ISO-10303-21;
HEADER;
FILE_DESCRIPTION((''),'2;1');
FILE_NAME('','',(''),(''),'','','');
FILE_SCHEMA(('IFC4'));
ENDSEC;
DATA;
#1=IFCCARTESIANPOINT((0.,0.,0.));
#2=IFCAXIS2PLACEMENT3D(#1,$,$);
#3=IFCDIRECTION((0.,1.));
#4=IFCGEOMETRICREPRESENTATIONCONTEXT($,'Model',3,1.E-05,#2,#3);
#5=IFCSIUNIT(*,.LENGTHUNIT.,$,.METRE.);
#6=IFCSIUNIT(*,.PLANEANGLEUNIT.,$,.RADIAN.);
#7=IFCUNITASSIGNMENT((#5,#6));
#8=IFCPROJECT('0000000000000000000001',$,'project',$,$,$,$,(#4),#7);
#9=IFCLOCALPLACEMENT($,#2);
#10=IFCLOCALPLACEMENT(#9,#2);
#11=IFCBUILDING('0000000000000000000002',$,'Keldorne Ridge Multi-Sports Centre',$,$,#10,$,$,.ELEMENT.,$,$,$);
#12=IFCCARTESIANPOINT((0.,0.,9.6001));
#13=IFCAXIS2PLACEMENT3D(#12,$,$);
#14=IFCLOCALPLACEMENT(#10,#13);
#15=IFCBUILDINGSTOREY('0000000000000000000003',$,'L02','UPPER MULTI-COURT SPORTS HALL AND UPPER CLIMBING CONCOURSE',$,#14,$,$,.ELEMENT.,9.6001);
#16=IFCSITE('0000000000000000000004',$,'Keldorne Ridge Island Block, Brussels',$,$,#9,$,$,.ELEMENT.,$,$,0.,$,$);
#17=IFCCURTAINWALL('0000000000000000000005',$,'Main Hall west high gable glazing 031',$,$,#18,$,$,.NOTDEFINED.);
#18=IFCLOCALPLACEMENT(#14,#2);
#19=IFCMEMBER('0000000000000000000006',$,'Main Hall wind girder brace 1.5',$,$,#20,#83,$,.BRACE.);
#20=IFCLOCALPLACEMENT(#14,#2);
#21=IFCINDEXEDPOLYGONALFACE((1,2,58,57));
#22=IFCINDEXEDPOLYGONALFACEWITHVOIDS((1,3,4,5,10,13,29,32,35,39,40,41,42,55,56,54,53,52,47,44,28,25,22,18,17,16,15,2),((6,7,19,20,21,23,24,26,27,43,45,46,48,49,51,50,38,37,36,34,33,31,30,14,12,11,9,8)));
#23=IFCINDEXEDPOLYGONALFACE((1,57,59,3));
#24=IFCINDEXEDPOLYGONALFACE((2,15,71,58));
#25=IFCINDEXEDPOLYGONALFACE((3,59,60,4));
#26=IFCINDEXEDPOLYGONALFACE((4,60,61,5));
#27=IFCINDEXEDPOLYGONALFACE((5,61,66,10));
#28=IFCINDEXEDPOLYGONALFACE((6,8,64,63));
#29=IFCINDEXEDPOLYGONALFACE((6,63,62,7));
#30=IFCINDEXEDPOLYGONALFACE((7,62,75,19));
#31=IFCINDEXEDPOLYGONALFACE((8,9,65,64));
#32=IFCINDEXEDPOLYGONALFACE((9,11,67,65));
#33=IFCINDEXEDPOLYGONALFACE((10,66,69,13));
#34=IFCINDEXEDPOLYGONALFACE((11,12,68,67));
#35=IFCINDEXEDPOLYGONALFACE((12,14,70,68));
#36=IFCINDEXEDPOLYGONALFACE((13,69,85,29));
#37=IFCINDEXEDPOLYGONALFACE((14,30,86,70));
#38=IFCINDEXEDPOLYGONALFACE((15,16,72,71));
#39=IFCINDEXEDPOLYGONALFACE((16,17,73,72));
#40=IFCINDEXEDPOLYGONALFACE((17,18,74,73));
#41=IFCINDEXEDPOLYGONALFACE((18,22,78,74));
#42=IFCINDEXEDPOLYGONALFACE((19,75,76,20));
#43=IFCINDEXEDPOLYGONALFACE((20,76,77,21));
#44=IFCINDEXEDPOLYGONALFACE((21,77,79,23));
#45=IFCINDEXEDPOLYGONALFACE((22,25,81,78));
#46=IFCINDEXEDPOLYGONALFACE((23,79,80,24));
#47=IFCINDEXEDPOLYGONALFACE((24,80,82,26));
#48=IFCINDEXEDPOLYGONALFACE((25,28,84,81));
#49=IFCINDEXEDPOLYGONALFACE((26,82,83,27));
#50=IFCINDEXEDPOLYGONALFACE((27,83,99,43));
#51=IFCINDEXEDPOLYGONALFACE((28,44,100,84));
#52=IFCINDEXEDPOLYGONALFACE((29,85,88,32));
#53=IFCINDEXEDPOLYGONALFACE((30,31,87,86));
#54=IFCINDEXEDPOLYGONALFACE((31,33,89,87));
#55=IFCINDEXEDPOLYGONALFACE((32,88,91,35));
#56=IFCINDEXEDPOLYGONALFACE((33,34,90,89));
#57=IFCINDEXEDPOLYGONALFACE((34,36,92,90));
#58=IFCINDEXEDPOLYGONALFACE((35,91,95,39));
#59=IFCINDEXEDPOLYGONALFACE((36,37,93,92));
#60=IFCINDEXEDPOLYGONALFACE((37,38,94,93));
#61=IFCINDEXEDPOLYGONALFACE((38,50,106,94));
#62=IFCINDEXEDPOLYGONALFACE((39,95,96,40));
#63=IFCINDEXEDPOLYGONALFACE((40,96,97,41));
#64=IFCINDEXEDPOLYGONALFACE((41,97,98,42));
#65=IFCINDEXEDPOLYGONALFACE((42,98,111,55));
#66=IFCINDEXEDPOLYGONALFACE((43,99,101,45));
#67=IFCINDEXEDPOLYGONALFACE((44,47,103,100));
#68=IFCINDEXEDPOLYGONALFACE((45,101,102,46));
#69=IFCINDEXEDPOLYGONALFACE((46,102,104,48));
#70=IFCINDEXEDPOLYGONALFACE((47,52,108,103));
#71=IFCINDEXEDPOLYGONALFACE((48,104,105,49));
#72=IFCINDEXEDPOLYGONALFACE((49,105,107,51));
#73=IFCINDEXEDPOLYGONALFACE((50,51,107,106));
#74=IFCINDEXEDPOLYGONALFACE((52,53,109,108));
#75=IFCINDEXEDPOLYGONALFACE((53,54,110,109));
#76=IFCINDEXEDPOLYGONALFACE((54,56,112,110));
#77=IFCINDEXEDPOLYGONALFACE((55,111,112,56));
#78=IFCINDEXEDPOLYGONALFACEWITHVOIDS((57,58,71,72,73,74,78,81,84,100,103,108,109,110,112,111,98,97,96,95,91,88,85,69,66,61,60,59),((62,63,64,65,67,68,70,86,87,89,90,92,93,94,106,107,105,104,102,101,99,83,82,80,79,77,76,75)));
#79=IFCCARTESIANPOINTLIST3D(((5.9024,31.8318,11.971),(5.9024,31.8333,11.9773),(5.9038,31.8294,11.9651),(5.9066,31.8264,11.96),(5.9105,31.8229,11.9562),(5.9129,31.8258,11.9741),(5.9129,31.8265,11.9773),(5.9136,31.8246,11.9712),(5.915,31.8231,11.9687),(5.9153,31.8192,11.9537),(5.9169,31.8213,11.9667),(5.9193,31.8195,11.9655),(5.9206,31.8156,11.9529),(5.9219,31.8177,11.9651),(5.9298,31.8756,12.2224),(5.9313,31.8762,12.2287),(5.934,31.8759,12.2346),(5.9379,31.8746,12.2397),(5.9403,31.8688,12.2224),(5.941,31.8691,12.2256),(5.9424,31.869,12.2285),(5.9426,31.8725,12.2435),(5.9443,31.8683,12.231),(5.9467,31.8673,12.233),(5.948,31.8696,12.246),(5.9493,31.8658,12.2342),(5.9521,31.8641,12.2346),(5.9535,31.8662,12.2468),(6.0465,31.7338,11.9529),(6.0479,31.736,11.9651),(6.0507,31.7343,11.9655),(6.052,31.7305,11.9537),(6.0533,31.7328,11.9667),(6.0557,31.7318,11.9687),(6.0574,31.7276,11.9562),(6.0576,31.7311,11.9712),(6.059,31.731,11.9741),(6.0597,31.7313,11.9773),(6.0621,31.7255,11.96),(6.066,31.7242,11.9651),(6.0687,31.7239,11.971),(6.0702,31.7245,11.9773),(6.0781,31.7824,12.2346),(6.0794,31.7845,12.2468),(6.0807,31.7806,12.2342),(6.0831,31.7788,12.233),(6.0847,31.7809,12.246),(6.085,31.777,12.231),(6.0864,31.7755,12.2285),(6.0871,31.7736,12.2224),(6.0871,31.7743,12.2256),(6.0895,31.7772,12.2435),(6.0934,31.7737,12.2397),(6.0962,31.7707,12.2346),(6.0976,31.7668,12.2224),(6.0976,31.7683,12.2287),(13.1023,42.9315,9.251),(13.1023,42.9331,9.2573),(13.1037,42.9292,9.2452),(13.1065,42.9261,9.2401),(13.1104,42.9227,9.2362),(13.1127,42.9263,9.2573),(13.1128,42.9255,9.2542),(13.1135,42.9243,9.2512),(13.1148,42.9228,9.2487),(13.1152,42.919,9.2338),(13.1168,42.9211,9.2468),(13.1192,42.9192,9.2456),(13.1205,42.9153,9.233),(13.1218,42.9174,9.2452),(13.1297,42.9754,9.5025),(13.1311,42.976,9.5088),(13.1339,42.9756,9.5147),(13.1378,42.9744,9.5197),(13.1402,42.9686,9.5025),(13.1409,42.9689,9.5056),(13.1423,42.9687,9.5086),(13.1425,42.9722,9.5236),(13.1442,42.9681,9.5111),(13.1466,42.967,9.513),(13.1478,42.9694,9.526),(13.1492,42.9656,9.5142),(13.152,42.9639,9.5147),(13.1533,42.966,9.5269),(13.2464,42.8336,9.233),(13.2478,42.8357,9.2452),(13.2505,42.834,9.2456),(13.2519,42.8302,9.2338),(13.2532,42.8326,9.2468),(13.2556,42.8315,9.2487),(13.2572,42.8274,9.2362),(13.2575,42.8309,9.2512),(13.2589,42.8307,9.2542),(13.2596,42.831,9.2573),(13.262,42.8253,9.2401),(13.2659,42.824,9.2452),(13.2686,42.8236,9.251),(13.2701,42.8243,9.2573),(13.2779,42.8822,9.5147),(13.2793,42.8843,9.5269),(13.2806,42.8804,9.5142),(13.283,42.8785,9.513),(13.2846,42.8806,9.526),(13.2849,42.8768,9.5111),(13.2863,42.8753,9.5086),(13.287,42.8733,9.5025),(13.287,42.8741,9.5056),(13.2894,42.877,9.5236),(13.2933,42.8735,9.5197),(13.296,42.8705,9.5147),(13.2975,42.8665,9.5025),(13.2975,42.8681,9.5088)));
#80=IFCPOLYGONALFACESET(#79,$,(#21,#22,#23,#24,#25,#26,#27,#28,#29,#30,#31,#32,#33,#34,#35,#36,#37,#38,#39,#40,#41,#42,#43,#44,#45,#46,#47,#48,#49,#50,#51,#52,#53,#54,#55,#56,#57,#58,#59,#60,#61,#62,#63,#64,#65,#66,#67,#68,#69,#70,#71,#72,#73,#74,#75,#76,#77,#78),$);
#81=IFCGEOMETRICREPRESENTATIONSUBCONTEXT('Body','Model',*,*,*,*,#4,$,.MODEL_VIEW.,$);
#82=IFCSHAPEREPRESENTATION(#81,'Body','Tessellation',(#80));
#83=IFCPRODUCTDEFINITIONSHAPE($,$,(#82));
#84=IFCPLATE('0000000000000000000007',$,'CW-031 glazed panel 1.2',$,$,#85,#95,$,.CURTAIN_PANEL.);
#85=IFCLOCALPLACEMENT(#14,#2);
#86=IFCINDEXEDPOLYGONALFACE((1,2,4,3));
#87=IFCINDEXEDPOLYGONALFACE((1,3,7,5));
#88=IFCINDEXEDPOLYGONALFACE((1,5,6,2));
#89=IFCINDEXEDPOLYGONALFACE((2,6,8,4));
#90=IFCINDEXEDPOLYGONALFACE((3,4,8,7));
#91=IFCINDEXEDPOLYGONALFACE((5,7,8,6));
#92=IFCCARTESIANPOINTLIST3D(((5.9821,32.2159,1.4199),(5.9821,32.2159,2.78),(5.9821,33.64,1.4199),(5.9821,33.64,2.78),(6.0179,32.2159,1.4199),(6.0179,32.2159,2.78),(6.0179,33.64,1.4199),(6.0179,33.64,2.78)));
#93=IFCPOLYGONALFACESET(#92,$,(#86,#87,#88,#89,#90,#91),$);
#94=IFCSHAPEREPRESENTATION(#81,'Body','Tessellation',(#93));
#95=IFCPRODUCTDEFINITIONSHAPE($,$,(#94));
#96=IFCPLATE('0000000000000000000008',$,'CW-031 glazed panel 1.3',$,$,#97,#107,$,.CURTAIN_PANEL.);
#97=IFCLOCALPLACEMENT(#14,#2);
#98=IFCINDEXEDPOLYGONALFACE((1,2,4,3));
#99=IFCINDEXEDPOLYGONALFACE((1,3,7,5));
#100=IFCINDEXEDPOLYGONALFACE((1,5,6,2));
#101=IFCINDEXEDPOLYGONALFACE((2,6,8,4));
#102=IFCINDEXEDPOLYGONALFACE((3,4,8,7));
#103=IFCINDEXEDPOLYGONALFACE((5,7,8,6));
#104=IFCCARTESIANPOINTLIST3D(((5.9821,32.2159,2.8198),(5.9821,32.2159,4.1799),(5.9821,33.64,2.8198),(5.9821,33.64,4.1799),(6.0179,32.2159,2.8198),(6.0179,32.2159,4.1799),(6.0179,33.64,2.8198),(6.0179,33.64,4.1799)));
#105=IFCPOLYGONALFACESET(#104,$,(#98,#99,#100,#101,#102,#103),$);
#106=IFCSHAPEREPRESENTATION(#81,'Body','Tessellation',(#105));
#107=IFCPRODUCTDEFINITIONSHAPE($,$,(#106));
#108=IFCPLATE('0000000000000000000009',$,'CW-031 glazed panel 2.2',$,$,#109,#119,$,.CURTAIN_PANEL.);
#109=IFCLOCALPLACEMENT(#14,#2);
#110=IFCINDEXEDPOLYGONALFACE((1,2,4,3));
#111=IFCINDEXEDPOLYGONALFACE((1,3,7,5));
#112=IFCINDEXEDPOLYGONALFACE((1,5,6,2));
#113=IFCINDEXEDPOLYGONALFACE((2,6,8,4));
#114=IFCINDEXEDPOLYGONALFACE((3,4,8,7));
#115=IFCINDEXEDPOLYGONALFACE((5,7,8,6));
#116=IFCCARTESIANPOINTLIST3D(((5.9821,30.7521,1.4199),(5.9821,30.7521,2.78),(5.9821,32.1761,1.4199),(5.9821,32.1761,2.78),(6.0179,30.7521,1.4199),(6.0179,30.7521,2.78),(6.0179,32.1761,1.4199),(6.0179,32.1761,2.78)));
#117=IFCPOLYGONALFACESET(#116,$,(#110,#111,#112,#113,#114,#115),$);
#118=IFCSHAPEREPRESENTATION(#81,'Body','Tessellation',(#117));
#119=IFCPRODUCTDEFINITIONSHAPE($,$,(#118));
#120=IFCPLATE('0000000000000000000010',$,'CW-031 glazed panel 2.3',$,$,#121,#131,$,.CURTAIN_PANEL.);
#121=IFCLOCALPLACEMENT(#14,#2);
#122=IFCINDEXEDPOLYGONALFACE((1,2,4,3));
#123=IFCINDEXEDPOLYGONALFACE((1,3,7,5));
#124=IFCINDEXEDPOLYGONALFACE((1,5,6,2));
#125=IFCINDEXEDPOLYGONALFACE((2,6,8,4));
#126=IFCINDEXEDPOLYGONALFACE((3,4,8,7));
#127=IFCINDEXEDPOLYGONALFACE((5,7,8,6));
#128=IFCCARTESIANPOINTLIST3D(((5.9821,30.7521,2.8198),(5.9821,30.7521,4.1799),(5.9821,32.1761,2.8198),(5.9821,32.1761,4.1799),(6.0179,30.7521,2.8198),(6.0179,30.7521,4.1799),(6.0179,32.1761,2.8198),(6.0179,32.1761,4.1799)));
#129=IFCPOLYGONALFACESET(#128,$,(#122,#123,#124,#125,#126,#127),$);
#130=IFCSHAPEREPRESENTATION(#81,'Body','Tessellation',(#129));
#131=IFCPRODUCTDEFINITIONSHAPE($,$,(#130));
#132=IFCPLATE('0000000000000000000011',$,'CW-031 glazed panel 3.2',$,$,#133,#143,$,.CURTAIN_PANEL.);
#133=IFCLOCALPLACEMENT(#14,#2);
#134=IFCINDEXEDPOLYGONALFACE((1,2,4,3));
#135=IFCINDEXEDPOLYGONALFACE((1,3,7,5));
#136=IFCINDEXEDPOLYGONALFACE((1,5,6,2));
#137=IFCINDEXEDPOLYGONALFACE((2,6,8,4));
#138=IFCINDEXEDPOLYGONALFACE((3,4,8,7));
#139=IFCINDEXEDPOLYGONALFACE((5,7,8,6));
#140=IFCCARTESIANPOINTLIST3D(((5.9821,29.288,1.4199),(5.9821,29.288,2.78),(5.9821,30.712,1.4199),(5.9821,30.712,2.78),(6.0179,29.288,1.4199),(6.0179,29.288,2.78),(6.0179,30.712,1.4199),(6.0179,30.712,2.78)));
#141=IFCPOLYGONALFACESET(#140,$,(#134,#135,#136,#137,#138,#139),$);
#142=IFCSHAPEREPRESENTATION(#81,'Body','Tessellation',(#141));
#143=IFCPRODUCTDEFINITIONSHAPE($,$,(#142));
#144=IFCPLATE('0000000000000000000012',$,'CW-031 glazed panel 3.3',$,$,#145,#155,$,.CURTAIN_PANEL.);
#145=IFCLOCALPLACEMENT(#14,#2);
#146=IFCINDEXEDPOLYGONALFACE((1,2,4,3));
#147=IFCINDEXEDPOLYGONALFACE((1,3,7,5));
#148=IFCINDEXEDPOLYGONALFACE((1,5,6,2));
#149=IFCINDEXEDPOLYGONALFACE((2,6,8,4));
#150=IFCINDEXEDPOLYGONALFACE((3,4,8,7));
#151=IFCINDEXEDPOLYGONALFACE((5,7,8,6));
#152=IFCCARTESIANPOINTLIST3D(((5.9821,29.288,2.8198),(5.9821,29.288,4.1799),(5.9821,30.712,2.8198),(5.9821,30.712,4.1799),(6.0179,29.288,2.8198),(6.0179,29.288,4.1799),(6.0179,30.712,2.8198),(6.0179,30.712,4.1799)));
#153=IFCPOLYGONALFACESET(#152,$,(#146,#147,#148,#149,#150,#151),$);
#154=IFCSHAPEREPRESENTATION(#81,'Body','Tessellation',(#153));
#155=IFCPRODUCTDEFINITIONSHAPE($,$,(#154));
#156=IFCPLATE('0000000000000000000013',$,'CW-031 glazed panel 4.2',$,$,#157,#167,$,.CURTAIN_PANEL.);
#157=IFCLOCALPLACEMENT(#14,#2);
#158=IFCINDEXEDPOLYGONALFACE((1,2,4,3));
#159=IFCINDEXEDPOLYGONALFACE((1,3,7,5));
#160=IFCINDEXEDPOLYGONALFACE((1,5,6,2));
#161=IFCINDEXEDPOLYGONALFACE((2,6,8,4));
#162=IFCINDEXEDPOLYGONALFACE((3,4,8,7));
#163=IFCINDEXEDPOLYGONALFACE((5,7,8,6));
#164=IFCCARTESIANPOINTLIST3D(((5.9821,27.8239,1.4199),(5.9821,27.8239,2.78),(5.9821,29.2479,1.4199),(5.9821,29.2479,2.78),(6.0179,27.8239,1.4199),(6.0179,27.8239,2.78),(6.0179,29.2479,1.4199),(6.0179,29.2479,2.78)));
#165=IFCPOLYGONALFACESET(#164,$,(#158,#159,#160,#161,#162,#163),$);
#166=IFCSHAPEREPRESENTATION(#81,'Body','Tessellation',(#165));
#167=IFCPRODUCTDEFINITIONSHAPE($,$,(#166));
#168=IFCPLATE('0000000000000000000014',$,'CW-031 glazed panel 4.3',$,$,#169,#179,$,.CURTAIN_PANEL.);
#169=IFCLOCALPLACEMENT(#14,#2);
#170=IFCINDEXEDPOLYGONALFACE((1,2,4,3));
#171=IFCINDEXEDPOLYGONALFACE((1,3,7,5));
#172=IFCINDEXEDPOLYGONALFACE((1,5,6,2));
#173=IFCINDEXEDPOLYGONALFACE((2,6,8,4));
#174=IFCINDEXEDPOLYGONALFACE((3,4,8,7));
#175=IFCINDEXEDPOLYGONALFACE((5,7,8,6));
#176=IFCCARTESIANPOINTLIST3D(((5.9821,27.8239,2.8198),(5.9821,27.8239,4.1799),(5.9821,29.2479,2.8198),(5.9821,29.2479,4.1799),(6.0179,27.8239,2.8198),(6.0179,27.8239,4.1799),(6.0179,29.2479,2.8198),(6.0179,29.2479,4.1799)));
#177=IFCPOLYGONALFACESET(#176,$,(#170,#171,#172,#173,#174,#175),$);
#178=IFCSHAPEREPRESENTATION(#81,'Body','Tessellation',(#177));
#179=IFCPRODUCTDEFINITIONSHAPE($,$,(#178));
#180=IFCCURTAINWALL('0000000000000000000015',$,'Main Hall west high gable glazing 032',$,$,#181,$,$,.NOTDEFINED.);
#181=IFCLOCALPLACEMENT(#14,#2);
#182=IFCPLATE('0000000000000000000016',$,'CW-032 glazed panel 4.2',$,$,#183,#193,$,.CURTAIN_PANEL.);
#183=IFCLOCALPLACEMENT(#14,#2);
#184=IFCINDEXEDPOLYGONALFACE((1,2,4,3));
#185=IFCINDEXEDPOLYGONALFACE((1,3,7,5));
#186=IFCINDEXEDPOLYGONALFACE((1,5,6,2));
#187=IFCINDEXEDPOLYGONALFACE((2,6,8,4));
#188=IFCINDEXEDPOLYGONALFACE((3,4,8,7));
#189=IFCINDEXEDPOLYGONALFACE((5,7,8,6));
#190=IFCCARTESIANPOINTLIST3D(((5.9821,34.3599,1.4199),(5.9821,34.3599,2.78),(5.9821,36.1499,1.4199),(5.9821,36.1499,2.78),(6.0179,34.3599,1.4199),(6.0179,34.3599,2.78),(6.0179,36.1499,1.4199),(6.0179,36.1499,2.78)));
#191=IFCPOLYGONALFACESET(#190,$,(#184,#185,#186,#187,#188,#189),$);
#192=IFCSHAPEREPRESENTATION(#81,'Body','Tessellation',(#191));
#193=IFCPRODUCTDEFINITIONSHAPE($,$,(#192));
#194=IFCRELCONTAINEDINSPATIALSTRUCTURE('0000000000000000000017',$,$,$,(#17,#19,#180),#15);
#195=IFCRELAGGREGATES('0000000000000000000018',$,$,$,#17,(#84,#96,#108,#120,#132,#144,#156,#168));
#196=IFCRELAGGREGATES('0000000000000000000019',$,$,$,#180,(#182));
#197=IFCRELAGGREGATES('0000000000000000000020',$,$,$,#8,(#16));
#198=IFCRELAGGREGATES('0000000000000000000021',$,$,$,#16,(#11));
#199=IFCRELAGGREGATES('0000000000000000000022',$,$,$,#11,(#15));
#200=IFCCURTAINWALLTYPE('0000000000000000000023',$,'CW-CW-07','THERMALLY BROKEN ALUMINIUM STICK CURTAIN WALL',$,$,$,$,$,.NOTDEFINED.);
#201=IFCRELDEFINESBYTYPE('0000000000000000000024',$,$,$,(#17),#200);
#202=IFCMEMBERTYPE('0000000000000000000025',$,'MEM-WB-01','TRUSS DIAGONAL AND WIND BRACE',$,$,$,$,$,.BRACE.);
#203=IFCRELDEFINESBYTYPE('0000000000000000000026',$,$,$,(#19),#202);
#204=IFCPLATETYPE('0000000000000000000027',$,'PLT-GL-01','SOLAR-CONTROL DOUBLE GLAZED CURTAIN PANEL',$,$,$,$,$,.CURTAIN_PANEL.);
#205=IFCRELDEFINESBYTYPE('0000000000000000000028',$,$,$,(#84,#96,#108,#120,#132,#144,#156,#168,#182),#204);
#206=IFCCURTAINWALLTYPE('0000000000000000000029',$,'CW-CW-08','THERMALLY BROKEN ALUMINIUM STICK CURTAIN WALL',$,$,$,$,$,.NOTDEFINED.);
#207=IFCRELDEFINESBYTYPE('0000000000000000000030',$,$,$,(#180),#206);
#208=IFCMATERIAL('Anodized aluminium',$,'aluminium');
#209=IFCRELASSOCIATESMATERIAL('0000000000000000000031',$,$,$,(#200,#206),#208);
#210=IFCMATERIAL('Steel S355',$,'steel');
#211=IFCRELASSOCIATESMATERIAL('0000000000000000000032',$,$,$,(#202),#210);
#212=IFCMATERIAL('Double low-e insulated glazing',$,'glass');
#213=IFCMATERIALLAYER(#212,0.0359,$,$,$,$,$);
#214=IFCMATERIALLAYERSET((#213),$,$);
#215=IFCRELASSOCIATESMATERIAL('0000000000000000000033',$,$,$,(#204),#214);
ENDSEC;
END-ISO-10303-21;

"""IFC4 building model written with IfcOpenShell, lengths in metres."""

from ifc_helpers import new_model, si_unit, direction, frame, origin, origin_2d, place, context, subcontext, project, spatial, rectangle, hollow_rectangle, extrude, material, layer, layer_set, material_profile, profile_set, type_object, element, aggregate, save


model = new_model("IFC4")

# Units and contexts
model_context = context("Model", 3, precision=1e-05, world=origin(), true_north=direction((0.0, 1.0)))
body_context = subcontext(model_context, "Body", "Model", "MODEL_VIEW")
ifc_project = project(units=[si_unit("LENGTHUNIT", "METRE"), si_unit("PLANEANGLEUNIT", "RADIAN")], contexts=[model_context])

# Site, building, storey
site_placement = place(None, origin())
site = spatial("IfcSite", under=ifc_project, at=site_placement, Name="Keldorne Ridge Island Block, Brussels", CompositionType="ELEMENT", RefElevation=0.0)
building_placement = place(site_placement, origin())
building = spatial("IfcBuilding", under=site, at=building_placement, Name="Keldorne Ridge Multi-Sports Centre", CompositionType="ELEMENT")
storey_placement = place(building_placement, frame((0.0, 0.0, 9.6001)))
storey = spatial("IfcBuildingStorey", under=building, at=storey_placement, Name="L02", Description="UPPER MULTI-COURT SPORTS HALL AND UPPER CLIMBING CONCOURSE", CompositionType="ELEMENT", Elevation=9.6001)

# Shared definitions
ifc_material_1 = material(Name="Steel S355", Category="steel")

# Curtain wall
ifc_material_2 = material(Name="Anodized aluminium", Category="aluminium")
curtain_wall_type_1 = type_object("IfcCurtainWallType", Name="CW-CW-07", Description="THERMALLY BROKEN ALUMINIUM STICK CURTAIN WALL", PredefinedType="NOTDEFINED", material=ifc_material_2)
curtain_wall_1_placement = place(storey_placement, origin())
curtain_wall_1 = element("IfcCurtainWall", 1, at=curtain_wall_1_placement, inside=storey, type_object=curtain_wall_type_1, Name="Main Hall west high gable glazing 031", PredefinedType="NOTDEFINED")

# Member
ifc_material_profile_1 = material_profile(ifc_material_1, hollow_rectangle(XDim=0.2, YDim=0.3, WallThickness=0.0125, InnerFilletRadius=0.0125, OuterFilletRadius=0.0249, at=origin_2d()), Name="RHS 300x200x12.5")
ifc_profile_set_1 = profile_set([ifc_material_profile_1], Name="Steel S355")
member_type_1 = type_object("IfcMemberType", Name="MEM-WB-01", Description="TRUSS DIAGONAL AND WIND BRACE", PredefinedType="BRACE", material=ifc_profile_set_1)
member_1_placement = place(storey_placement, frame((6.0, 31.8, 12.0999), z_axis=(0.533046, 0.821773, -0.201372), x_axis=(-0.83896, 0.544194, 0.0)))
element("IfcMember", 2, at=member_1_placement, inside=storey, type_object=member_type_1, Name="Main Hall wind girder brace 1.5", PredefinedType="BRACE", context=body_context, shape_type="SweptSolid", body=[
    extrude(hollow_rectangle(XDim=0.2, YDim=0.3, WallThickness=0.0125, InnerFilletRadius=0.0125, OuterFilletRadius=0.0249, at=origin_2d()), origin(), (0.0, 0.0, 1.0), 13.5071),
])

# Plates
ifc_material_3 = material(Name="Double low-e insulated glazing", Category="glass")
ifc_layer_1 = layer(ifc_material_3, 0.0359)
ifc_layer_set_1 = layer_set([ifc_layer_1])
plate_type_1 = type_object("IfcPlateType", Name="PLT-GL-01", Description="SOLAR-CONTROL DOUBLE GLAZED CURTAIN PANEL", PredefinedType="CURTAIN_PANEL", material=ifc_layer_set_1)
plate_1_placement = place(storey_placement, frame((6.0, 32.928, 1.4199), z_axis=(0.0, 0.0, 1.0), x_axis=(0.0, -1.0, 0.0)))
plate_1 = element("IfcPlate", 3, at=plate_1_placement, type_object=plate_type_1, Name="CW-031 glazed panel 1.2", PredefinedType="CURTAIN_PANEL", context=body_context, shape_type="SweptSolid", body=[
    extrude(rectangle(XDim=1.4241, YDim=0.0359, at=origin_2d()), origin(), (0.0, 0.0, 1.0), 1.3601),
])
plate_2_placement = place(storey_placement, frame((6.0, 32.928, 2.8198), z_axis=(0.0, 0.0, 1.0), x_axis=(0.0, -1.0, 0.0)))
plate_2 = element("IfcPlate", 4, at=plate_2_placement, type_object=plate_type_1, Name="CW-031 glazed panel 1.3", PredefinedType="CURTAIN_PANEL", context=body_context, shape_type="SweptSolid", body=[
    extrude(rectangle(XDim=1.4241, YDim=0.0359, at=origin_2d()), origin(), (0.0, 0.0, 1.0), 1.3601),
])
plate_3_placement = place(storey_placement, frame((6.0, 31.4641, 1.4199), z_axis=(0.0, 0.0, 1.0), x_axis=(0.0, -1.0, 0.0)))
plate_3 = element("IfcPlate", 5, at=plate_3_placement, type_object=plate_type_1, Name="CW-031 glazed panel 2.2", PredefinedType="CURTAIN_PANEL", context=body_context, shape_type="SweptSolid", body=[
    extrude(rectangle(XDim=1.4241, YDim=0.0359, at=origin_2d()), origin(), (0.0, 0.0, 1.0), 1.3601),
])
plate_4_placement = place(storey_placement, frame((6.0, 31.4641, 2.8198), z_axis=(0.0, 0.0, 1.0), x_axis=(0.0, -1.0, 0.0)))
plate_4 = element("IfcPlate", 6, at=plate_4_placement, type_object=plate_type_1, Name="CW-031 glazed panel 2.3", PredefinedType="CURTAIN_PANEL", context=body_context, shape_type="SweptSolid", body=[
    extrude(rectangle(XDim=1.4241, YDim=0.0359, at=origin_2d()), origin(), (0.0, 0.0, 1.0), 1.3601),
])
plate_5_placement = place(storey_placement, frame((6.0, 30.0, 1.4199), z_axis=(0.0, 0.0, 1.0), x_axis=(0.0, -1.0, 0.0)))
plate_5 = element("IfcPlate", 7, at=plate_5_placement, type_object=plate_type_1, Name="CW-031 glazed panel 3.2", PredefinedType="CURTAIN_PANEL", context=body_context, shape_type="SweptSolid", body=[
    extrude(rectangle(XDim=1.4241, YDim=0.0359, at=origin_2d()), origin(), (0.0, 0.0, 1.0), 1.3601),
])
plate_6_placement = place(storey_placement, frame((6.0, 30.0, 2.8198), z_axis=(0.0, 0.0, 1.0), x_axis=(0.0, -1.0, 0.0)))
plate_6 = element("IfcPlate", 8, at=plate_6_placement, type_object=plate_type_1, Name="CW-031 glazed panel 3.3", PredefinedType="CURTAIN_PANEL", context=body_context, shape_type="SweptSolid", body=[
    extrude(rectangle(XDim=1.4241, YDim=0.0359, at=origin_2d()), origin(), (0.0, 0.0, 1.0), 1.3601),
])
plate_7_placement = place(storey_placement, frame((6.0, 28.5359, 1.4199), z_axis=(0.0, 0.0, 1.0), x_axis=(0.0, -1.0, 0.0)))
plate_7 = element("IfcPlate", 9, at=plate_7_placement, type_object=plate_type_1, Name="CW-031 glazed panel 4.2", PredefinedType="CURTAIN_PANEL", context=body_context, shape_type="SweptSolid", body=[
    extrude(rectangle(XDim=1.4241, YDim=0.0359, at=origin_2d()), origin(), (0.0, 0.0, 1.0), 1.3601),
])
plate_8_placement = place(storey_placement, frame((6.0, 28.5359, 2.8198), z_axis=(0.0, 0.0, 1.0), x_axis=(0.0, -1.0, 0.0)))
plate_8 = element("IfcPlate", 10, at=plate_8_placement, type_object=plate_type_1, Name="CW-031 glazed panel 4.3", PredefinedType="CURTAIN_PANEL", context=body_context, shape_type="SweptSolid", body=[
    extrude(rectangle(XDim=1.4241, YDim=0.0359, at=origin_2d()), origin(), (0.0, 0.0, 1.0), 1.3601),
])
aggregate(curtain_wall_1, [plate_1, plate_2, plate_3, plate_4, plate_5, plate_6, plate_7, plate_8])

# Curtain wall, plate
curtain_wall_type_2 = type_object("IfcCurtainWallType", Name="CW-CW-08", Description="THERMALLY BROKEN ALUMINIUM STICK CURTAIN WALL", PredefinedType="NOTDEFINED", material=ifc_material_2)
curtain_wall_2_placement = place(storey_placement, origin())
curtain_wall_2 = element("IfcCurtainWall", 11, at=curtain_wall_2_placement, inside=storey, type_object=curtain_wall_type_2, Name="Main Hall west high gable glazing 032", PredefinedType="NOTDEFINED")
plate_9_placement = place(storey_placement, frame((6.0, 35.2549, 1.4199), z_axis=(0.0, 0.0, 1.0), x_axis=(0.0, -1.0, 0.0)))
plate_9 = element("IfcPlate", 12, at=plate_9_placement, type_object=plate_type_1, Name="CW-032 glazed panel 4.2", PredefinedType="CURTAIN_PANEL", context=body_context, shape_type="SweptSolid", body=[
    extrude(rectangle(XDim=1.79, YDim=0.0359, at=origin_2d()), origin(), (0.0, 0.0, 1.0), 1.3601),
])
aggregate(curtain_wall_2, [plate_9])

save(model, "model.ifc")
